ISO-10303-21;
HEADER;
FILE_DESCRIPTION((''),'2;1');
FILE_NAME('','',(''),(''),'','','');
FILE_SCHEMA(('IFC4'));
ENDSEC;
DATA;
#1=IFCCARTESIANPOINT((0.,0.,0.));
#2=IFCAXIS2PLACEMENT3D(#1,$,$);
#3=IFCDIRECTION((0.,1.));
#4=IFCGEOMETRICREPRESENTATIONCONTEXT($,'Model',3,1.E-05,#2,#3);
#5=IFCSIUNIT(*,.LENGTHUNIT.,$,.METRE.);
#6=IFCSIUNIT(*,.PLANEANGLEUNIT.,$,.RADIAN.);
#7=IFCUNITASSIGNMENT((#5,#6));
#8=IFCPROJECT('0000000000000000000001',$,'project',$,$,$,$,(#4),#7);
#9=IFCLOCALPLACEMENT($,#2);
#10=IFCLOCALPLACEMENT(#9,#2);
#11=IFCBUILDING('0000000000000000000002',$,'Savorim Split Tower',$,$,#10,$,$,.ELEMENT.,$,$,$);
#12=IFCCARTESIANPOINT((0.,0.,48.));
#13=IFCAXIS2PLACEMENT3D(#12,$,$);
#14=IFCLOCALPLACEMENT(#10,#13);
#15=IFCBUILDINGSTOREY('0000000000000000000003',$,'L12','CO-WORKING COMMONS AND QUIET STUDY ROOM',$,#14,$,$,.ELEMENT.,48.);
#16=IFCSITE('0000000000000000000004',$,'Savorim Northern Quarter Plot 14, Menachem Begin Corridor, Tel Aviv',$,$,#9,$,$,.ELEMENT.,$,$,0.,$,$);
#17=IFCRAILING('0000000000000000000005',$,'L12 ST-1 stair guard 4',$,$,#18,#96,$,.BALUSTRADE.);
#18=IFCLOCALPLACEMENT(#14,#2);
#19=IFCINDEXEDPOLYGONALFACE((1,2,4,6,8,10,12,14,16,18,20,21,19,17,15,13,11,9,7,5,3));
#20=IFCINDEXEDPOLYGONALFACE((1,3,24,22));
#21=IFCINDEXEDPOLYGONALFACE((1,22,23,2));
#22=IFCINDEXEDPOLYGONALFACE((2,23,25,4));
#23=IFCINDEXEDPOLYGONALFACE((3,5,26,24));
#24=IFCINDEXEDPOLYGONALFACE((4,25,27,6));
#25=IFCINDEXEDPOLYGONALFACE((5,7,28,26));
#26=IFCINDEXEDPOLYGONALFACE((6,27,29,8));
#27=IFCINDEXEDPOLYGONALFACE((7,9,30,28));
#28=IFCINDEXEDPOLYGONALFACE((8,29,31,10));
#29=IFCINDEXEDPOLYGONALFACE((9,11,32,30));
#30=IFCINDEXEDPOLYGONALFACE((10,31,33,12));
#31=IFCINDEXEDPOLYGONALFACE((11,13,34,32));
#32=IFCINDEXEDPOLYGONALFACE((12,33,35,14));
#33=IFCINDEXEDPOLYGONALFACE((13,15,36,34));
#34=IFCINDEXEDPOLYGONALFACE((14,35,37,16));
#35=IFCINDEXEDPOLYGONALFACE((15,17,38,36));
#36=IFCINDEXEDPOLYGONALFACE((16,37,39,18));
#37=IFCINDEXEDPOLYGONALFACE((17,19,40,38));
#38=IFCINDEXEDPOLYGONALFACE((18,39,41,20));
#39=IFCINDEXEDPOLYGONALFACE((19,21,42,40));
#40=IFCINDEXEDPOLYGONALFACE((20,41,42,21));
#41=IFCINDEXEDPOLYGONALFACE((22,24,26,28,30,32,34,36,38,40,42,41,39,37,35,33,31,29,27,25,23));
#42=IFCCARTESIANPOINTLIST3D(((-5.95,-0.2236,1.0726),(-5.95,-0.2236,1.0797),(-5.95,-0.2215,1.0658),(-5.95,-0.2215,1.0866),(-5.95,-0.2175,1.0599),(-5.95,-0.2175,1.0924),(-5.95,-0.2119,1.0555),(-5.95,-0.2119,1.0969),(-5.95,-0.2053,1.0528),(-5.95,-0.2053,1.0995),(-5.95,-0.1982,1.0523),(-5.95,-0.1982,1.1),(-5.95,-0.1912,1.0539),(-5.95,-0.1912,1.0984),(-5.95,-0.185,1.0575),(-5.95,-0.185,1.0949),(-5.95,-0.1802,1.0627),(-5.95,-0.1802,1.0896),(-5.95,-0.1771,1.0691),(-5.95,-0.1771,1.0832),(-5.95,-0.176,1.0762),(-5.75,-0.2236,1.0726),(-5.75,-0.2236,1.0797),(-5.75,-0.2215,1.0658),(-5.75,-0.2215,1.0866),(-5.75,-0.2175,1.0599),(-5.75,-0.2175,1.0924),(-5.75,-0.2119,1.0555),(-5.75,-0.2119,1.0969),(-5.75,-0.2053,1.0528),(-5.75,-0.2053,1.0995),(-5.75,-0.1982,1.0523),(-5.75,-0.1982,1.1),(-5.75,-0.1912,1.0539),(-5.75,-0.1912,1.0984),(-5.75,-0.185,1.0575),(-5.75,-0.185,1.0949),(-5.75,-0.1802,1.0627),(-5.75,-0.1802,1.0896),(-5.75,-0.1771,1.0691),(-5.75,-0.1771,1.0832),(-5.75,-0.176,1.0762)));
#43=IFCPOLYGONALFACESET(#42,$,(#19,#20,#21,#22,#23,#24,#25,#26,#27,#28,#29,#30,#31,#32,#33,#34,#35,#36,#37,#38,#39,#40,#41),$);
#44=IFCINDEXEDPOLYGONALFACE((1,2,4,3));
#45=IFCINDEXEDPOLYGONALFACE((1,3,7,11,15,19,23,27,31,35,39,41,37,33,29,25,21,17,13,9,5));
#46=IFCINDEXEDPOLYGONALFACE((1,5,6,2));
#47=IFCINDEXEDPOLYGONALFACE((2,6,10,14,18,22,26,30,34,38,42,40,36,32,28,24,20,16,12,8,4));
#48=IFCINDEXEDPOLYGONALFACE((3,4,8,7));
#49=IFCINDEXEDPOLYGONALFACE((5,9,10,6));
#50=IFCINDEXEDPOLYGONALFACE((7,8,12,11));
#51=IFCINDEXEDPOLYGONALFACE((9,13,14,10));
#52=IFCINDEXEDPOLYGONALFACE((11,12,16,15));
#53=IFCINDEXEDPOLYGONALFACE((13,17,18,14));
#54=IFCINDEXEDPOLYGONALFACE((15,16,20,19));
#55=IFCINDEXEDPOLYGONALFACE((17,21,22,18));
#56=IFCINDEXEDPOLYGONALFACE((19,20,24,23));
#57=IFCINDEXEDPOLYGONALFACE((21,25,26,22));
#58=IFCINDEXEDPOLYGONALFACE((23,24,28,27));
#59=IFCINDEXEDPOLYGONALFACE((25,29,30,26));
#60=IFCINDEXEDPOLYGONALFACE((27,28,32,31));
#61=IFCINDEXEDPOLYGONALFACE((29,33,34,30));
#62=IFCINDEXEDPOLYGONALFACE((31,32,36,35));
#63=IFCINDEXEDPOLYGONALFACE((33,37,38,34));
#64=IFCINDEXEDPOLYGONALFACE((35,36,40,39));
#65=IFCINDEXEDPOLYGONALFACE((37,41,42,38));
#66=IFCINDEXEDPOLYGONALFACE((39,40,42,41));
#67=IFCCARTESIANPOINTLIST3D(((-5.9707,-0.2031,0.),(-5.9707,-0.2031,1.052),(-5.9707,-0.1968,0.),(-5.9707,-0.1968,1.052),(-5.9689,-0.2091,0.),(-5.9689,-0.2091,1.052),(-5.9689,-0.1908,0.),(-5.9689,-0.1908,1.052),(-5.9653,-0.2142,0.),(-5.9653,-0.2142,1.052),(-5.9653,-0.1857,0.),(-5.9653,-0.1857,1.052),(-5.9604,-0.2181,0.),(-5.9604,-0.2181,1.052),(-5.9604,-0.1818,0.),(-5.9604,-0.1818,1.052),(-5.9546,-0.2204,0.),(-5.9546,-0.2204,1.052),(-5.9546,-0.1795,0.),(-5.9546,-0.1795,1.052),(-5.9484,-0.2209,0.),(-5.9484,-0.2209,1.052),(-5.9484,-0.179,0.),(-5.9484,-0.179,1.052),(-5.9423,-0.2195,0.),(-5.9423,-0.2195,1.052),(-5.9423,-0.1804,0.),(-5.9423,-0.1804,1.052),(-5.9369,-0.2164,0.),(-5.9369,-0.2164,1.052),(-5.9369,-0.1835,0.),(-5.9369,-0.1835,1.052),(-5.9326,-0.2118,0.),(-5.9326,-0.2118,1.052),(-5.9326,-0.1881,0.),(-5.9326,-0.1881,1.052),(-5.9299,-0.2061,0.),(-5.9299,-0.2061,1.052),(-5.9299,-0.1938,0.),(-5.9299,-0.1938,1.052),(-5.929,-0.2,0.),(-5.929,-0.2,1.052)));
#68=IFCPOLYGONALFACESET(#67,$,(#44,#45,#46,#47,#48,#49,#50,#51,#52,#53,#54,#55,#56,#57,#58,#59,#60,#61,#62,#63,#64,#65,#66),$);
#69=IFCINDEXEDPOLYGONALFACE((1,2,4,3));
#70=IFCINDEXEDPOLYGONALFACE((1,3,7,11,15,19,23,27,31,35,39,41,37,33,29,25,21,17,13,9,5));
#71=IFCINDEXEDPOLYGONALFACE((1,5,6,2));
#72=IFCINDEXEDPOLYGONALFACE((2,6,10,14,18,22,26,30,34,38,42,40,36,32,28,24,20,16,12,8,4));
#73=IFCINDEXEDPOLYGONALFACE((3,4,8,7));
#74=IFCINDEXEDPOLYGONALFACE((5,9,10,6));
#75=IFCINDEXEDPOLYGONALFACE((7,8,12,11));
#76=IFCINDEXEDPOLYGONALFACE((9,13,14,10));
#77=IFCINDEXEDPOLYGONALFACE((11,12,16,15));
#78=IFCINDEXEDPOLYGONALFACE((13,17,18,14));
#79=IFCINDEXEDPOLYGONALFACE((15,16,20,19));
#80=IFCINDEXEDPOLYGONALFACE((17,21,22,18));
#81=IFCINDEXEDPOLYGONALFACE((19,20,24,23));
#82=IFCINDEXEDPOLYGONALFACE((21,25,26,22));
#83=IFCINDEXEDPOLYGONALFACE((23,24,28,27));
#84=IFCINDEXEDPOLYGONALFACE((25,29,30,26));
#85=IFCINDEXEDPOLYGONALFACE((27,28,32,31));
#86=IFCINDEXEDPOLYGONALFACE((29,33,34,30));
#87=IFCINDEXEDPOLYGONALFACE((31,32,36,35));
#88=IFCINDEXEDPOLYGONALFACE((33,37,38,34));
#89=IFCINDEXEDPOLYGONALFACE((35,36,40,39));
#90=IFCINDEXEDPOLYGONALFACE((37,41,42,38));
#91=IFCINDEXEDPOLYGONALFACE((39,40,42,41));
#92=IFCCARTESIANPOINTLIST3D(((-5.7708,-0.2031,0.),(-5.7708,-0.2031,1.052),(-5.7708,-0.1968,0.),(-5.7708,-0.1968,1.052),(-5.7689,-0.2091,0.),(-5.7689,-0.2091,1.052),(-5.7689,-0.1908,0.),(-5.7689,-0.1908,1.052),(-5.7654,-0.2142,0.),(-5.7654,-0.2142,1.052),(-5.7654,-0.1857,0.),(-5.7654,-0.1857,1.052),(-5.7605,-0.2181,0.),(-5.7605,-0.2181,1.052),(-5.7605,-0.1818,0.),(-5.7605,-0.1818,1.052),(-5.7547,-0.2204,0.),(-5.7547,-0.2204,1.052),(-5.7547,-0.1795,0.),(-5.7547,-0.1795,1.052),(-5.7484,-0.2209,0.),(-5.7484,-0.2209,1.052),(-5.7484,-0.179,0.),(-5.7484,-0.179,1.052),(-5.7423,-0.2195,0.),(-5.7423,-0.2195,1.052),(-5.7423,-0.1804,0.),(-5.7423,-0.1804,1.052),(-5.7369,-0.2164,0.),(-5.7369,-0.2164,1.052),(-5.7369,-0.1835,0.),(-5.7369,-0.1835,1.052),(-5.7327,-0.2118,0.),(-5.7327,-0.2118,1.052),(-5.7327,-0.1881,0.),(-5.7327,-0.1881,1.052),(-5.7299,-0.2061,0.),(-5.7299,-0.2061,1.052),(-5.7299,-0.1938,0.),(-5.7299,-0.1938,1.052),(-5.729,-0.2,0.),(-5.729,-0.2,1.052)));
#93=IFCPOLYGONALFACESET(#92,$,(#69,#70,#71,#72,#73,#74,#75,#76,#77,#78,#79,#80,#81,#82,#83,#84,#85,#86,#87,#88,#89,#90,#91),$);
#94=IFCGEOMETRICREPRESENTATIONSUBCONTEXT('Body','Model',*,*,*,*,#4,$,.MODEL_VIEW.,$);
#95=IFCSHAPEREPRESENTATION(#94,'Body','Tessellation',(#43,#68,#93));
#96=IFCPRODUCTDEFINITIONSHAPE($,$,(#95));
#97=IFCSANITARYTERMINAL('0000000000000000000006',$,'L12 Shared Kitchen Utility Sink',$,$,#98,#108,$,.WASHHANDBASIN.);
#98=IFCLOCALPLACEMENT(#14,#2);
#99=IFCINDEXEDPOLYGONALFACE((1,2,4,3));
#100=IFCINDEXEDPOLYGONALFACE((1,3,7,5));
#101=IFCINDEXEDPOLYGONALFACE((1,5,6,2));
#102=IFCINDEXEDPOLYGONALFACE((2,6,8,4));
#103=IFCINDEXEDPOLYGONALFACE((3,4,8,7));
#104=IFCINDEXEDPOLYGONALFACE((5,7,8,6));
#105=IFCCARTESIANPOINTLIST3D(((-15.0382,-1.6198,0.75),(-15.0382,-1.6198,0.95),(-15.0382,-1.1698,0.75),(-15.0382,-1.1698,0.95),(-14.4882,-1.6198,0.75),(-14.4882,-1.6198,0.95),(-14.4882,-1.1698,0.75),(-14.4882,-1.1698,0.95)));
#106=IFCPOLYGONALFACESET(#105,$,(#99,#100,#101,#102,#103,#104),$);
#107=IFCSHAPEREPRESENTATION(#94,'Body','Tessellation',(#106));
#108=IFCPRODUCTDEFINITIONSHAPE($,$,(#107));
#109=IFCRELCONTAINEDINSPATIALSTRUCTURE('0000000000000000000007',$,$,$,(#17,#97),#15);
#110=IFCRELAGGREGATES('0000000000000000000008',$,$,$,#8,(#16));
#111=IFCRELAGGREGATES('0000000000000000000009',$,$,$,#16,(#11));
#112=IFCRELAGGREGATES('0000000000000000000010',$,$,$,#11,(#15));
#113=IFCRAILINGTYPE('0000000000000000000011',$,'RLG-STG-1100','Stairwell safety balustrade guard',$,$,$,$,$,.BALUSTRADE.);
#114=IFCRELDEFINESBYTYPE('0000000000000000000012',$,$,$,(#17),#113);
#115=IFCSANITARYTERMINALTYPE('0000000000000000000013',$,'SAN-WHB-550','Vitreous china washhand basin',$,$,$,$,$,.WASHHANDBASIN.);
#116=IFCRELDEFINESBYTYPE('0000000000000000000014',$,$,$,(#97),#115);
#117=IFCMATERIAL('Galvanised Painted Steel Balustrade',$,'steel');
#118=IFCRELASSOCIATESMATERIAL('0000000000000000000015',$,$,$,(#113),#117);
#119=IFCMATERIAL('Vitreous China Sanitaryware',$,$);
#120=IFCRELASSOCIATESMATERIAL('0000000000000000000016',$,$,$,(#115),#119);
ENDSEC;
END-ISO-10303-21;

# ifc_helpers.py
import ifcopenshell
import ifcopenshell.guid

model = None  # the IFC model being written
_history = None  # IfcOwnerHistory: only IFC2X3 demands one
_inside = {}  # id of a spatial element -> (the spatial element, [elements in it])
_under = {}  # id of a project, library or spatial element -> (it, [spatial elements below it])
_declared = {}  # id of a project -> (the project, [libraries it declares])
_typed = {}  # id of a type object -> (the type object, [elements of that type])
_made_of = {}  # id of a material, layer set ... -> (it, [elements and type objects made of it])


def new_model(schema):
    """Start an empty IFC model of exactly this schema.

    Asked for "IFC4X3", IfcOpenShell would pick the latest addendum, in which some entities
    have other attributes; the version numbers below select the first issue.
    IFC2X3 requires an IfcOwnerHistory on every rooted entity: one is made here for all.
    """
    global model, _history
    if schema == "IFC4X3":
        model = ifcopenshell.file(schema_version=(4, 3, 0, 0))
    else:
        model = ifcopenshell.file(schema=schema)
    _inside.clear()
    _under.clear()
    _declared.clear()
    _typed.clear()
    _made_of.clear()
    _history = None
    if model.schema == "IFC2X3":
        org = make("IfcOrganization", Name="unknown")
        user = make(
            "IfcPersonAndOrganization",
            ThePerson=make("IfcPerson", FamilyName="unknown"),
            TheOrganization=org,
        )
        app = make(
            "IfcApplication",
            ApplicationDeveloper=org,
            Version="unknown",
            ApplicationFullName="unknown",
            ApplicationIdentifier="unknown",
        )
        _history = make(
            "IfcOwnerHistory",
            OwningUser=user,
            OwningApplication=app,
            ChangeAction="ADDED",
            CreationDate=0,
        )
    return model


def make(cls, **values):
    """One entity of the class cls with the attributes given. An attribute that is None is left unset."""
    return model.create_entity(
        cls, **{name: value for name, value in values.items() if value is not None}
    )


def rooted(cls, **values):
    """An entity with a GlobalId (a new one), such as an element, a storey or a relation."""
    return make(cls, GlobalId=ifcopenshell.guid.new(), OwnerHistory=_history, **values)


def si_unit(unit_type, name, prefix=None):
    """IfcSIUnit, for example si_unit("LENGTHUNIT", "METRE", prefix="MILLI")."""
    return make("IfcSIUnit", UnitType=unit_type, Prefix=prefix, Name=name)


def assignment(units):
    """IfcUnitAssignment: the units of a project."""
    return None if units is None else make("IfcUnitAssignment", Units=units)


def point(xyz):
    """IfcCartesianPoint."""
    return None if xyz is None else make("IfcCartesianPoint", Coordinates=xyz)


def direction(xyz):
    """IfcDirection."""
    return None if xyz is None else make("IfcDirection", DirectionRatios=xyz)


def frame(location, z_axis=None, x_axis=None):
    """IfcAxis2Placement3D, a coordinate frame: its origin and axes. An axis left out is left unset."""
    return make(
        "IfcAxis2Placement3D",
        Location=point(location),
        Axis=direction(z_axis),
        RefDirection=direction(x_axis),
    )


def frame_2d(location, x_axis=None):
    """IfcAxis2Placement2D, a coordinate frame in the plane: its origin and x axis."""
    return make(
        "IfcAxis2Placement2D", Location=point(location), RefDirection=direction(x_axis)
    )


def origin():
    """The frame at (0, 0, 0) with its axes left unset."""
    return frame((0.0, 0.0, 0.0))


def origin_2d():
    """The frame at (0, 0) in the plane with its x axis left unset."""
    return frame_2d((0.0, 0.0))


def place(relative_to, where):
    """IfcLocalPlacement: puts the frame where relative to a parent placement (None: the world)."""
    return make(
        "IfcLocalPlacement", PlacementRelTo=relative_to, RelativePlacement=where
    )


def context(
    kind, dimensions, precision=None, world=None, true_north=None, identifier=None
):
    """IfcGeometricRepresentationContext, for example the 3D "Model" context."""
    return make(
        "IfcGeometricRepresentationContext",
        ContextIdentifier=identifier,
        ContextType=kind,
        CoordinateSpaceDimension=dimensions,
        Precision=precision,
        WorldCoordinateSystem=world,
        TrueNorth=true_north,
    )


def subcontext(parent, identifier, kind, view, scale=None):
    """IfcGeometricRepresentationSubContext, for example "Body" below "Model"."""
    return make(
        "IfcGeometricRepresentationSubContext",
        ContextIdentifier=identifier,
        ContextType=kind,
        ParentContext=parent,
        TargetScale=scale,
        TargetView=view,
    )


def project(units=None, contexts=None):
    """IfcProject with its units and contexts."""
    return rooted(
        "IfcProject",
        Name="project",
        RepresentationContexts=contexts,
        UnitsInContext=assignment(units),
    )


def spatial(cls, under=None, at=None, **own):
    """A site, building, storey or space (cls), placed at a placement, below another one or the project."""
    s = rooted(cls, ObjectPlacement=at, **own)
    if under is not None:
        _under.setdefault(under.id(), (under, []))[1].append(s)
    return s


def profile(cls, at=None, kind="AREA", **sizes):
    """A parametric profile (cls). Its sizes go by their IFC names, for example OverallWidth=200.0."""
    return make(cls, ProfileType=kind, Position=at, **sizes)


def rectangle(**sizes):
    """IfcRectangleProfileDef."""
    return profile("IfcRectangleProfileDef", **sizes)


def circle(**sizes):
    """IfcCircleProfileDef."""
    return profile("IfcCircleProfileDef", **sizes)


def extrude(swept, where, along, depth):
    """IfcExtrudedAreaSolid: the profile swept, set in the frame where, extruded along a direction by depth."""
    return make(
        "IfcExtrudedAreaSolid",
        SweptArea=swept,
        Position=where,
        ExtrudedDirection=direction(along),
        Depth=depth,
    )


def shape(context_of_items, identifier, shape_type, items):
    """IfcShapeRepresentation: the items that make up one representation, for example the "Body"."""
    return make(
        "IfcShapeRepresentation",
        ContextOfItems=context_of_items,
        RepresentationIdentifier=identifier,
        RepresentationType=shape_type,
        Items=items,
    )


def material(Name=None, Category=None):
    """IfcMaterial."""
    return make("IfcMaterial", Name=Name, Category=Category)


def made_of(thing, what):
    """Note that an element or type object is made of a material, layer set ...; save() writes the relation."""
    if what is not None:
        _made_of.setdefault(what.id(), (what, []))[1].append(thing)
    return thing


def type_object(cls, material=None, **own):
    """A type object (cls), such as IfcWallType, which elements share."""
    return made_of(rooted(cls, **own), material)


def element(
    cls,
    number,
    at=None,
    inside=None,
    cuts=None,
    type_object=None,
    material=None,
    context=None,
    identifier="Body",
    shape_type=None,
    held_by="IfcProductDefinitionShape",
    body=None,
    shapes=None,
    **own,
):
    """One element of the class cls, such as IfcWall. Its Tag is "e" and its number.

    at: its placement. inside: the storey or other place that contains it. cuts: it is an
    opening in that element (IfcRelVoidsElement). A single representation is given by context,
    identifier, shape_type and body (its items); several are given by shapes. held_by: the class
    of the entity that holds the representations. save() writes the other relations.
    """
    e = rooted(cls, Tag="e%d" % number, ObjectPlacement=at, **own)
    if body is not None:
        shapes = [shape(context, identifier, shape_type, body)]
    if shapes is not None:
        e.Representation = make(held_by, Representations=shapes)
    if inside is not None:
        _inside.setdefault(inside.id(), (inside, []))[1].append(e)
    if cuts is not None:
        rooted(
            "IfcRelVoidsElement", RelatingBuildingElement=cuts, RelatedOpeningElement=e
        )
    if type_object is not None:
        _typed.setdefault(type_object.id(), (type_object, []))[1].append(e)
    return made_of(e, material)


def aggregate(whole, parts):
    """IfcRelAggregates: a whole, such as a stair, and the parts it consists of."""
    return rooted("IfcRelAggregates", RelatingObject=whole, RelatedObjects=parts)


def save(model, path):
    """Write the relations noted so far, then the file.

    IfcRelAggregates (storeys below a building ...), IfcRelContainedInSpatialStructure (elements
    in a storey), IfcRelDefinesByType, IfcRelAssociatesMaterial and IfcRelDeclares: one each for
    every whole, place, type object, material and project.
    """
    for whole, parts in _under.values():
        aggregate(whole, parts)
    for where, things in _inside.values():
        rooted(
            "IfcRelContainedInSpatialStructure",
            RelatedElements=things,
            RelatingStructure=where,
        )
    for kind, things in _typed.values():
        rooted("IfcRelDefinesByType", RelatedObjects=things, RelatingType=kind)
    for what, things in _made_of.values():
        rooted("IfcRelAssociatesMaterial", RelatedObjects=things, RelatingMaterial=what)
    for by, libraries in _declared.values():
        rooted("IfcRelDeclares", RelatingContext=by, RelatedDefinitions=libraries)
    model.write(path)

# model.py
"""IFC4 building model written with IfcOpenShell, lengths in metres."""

from ifc_helpers import new_model, si_unit, direction, frame, origin, origin_2d, place, context, subcontext, project, spatial, rectangle, circle, extrude, material, type_object, element, save


model = new_model("IFC4")

# Units and contexts
model_context = context("Model", 3, precision=1e-05, world=origin(), true_north=direction((0.0, 1.0)))
body_context = subcontext(model_context, "Body", "Model", "MODEL_VIEW")
ifc_project = project(units=[si_unit("LENGTHUNIT", "METRE"), si_unit("PLANEANGLEUNIT", "RADIAN")], contexts=[model_context])

# Site, building, storey
site_placement = place(None, origin())
site = spatial("IfcSite", under=ifc_project, at=site_placement, Name="Savorim Northern Quarter Plot 14, Menachem Begin Corridor, Tel Aviv", CompositionType="ELEMENT", RefElevation=0.0)
building_placement = place(site_placement, origin())
building = spatial("IfcBuilding", under=site, at=building_placement, Name="Savorim Split Tower", CompositionType="ELEMENT")
storey_placement = place(building_placement, frame((0.0, 0.0, 48.0)))
storey = spatial("IfcBuildingStorey", under=building, at=storey_placement, Name="L12", Description="CO-WORKING COMMONS AND QUIET STUDY ROOM", CompositionType="ELEMENT", Elevation=48.0)

# Railing
ifc_material_1 = material(Name="Galvanised Painted Steel Balustrade", Category="steel")
railing_type_1 = type_object("IfcRailingType", Name="RLG-STG-1100", Description="Stairwell safety balustrade guard", PredefinedType="BALUSTRADE", material=ifc_material_1)
railing_1_placement = place(storey_placement, frame((-5.95, -0.2, 0.0)))
element("IfcRailing", 1, at=railing_1_placement, inside=storey, type_object=railing_type_1, Name="L12 ST-1 stair guard 4", PredefinedType="BALUSTRADE", context=body_context, shape_type="SweptSolid", body=[
    extrude(circle(Radius=0.0239, at=origin_2d()), frame((0.0, 0.0, 1.0762), z_axis=(1.0, 0.0, 0.0), x_axis=(0.0, 1.0, 0.0)), (0.0, 0.0, 1.0), 0.2),
    extrude(circle(Radius=0.021, at=origin_2d()), origin(), (0.0, 0.0, 1.0), 1.052),
    extrude(circle(Radius=0.021, at=origin_2d()), frame((0.2, 0.0, 0.0)), (0.0, 0.0, 1.0), 1.052),
])

# Sanitary terminal
ifc_material_2 = material(Name="Vitreous China Sanitaryware")
sanitary_terminal_type = type_object("IfcSanitaryTerminalType", Name="SAN-WHB-550", Description="Vitreous china washhand basin", PredefinedType="WASHHANDBASIN", material=ifc_material_2)
sanitary_terminal_placement = place(storey_placement, frame((-14.7632, -1.3948, 0.75), z_axis=(0.0, 0.0, 1.0), x_axis=(1.0, 0.0, 0.0)))
element("IfcSanitaryTerminal", 2, at=sanitary_terminal_placement, inside=storey, type_object=sanitary_terminal_type, Name="L12 Shared Kitchen Utility Sink", PredefinedType="WASHHANDBASIN", context=body_context, shape_type="SweptSolid", body=[
    extrude(rectangle(XDim=0.55, YDim=0.45, at=origin_2d()), origin(), (0.0, 0.0, 1.0), 0.2),
])

save(model, "model.ifc")
